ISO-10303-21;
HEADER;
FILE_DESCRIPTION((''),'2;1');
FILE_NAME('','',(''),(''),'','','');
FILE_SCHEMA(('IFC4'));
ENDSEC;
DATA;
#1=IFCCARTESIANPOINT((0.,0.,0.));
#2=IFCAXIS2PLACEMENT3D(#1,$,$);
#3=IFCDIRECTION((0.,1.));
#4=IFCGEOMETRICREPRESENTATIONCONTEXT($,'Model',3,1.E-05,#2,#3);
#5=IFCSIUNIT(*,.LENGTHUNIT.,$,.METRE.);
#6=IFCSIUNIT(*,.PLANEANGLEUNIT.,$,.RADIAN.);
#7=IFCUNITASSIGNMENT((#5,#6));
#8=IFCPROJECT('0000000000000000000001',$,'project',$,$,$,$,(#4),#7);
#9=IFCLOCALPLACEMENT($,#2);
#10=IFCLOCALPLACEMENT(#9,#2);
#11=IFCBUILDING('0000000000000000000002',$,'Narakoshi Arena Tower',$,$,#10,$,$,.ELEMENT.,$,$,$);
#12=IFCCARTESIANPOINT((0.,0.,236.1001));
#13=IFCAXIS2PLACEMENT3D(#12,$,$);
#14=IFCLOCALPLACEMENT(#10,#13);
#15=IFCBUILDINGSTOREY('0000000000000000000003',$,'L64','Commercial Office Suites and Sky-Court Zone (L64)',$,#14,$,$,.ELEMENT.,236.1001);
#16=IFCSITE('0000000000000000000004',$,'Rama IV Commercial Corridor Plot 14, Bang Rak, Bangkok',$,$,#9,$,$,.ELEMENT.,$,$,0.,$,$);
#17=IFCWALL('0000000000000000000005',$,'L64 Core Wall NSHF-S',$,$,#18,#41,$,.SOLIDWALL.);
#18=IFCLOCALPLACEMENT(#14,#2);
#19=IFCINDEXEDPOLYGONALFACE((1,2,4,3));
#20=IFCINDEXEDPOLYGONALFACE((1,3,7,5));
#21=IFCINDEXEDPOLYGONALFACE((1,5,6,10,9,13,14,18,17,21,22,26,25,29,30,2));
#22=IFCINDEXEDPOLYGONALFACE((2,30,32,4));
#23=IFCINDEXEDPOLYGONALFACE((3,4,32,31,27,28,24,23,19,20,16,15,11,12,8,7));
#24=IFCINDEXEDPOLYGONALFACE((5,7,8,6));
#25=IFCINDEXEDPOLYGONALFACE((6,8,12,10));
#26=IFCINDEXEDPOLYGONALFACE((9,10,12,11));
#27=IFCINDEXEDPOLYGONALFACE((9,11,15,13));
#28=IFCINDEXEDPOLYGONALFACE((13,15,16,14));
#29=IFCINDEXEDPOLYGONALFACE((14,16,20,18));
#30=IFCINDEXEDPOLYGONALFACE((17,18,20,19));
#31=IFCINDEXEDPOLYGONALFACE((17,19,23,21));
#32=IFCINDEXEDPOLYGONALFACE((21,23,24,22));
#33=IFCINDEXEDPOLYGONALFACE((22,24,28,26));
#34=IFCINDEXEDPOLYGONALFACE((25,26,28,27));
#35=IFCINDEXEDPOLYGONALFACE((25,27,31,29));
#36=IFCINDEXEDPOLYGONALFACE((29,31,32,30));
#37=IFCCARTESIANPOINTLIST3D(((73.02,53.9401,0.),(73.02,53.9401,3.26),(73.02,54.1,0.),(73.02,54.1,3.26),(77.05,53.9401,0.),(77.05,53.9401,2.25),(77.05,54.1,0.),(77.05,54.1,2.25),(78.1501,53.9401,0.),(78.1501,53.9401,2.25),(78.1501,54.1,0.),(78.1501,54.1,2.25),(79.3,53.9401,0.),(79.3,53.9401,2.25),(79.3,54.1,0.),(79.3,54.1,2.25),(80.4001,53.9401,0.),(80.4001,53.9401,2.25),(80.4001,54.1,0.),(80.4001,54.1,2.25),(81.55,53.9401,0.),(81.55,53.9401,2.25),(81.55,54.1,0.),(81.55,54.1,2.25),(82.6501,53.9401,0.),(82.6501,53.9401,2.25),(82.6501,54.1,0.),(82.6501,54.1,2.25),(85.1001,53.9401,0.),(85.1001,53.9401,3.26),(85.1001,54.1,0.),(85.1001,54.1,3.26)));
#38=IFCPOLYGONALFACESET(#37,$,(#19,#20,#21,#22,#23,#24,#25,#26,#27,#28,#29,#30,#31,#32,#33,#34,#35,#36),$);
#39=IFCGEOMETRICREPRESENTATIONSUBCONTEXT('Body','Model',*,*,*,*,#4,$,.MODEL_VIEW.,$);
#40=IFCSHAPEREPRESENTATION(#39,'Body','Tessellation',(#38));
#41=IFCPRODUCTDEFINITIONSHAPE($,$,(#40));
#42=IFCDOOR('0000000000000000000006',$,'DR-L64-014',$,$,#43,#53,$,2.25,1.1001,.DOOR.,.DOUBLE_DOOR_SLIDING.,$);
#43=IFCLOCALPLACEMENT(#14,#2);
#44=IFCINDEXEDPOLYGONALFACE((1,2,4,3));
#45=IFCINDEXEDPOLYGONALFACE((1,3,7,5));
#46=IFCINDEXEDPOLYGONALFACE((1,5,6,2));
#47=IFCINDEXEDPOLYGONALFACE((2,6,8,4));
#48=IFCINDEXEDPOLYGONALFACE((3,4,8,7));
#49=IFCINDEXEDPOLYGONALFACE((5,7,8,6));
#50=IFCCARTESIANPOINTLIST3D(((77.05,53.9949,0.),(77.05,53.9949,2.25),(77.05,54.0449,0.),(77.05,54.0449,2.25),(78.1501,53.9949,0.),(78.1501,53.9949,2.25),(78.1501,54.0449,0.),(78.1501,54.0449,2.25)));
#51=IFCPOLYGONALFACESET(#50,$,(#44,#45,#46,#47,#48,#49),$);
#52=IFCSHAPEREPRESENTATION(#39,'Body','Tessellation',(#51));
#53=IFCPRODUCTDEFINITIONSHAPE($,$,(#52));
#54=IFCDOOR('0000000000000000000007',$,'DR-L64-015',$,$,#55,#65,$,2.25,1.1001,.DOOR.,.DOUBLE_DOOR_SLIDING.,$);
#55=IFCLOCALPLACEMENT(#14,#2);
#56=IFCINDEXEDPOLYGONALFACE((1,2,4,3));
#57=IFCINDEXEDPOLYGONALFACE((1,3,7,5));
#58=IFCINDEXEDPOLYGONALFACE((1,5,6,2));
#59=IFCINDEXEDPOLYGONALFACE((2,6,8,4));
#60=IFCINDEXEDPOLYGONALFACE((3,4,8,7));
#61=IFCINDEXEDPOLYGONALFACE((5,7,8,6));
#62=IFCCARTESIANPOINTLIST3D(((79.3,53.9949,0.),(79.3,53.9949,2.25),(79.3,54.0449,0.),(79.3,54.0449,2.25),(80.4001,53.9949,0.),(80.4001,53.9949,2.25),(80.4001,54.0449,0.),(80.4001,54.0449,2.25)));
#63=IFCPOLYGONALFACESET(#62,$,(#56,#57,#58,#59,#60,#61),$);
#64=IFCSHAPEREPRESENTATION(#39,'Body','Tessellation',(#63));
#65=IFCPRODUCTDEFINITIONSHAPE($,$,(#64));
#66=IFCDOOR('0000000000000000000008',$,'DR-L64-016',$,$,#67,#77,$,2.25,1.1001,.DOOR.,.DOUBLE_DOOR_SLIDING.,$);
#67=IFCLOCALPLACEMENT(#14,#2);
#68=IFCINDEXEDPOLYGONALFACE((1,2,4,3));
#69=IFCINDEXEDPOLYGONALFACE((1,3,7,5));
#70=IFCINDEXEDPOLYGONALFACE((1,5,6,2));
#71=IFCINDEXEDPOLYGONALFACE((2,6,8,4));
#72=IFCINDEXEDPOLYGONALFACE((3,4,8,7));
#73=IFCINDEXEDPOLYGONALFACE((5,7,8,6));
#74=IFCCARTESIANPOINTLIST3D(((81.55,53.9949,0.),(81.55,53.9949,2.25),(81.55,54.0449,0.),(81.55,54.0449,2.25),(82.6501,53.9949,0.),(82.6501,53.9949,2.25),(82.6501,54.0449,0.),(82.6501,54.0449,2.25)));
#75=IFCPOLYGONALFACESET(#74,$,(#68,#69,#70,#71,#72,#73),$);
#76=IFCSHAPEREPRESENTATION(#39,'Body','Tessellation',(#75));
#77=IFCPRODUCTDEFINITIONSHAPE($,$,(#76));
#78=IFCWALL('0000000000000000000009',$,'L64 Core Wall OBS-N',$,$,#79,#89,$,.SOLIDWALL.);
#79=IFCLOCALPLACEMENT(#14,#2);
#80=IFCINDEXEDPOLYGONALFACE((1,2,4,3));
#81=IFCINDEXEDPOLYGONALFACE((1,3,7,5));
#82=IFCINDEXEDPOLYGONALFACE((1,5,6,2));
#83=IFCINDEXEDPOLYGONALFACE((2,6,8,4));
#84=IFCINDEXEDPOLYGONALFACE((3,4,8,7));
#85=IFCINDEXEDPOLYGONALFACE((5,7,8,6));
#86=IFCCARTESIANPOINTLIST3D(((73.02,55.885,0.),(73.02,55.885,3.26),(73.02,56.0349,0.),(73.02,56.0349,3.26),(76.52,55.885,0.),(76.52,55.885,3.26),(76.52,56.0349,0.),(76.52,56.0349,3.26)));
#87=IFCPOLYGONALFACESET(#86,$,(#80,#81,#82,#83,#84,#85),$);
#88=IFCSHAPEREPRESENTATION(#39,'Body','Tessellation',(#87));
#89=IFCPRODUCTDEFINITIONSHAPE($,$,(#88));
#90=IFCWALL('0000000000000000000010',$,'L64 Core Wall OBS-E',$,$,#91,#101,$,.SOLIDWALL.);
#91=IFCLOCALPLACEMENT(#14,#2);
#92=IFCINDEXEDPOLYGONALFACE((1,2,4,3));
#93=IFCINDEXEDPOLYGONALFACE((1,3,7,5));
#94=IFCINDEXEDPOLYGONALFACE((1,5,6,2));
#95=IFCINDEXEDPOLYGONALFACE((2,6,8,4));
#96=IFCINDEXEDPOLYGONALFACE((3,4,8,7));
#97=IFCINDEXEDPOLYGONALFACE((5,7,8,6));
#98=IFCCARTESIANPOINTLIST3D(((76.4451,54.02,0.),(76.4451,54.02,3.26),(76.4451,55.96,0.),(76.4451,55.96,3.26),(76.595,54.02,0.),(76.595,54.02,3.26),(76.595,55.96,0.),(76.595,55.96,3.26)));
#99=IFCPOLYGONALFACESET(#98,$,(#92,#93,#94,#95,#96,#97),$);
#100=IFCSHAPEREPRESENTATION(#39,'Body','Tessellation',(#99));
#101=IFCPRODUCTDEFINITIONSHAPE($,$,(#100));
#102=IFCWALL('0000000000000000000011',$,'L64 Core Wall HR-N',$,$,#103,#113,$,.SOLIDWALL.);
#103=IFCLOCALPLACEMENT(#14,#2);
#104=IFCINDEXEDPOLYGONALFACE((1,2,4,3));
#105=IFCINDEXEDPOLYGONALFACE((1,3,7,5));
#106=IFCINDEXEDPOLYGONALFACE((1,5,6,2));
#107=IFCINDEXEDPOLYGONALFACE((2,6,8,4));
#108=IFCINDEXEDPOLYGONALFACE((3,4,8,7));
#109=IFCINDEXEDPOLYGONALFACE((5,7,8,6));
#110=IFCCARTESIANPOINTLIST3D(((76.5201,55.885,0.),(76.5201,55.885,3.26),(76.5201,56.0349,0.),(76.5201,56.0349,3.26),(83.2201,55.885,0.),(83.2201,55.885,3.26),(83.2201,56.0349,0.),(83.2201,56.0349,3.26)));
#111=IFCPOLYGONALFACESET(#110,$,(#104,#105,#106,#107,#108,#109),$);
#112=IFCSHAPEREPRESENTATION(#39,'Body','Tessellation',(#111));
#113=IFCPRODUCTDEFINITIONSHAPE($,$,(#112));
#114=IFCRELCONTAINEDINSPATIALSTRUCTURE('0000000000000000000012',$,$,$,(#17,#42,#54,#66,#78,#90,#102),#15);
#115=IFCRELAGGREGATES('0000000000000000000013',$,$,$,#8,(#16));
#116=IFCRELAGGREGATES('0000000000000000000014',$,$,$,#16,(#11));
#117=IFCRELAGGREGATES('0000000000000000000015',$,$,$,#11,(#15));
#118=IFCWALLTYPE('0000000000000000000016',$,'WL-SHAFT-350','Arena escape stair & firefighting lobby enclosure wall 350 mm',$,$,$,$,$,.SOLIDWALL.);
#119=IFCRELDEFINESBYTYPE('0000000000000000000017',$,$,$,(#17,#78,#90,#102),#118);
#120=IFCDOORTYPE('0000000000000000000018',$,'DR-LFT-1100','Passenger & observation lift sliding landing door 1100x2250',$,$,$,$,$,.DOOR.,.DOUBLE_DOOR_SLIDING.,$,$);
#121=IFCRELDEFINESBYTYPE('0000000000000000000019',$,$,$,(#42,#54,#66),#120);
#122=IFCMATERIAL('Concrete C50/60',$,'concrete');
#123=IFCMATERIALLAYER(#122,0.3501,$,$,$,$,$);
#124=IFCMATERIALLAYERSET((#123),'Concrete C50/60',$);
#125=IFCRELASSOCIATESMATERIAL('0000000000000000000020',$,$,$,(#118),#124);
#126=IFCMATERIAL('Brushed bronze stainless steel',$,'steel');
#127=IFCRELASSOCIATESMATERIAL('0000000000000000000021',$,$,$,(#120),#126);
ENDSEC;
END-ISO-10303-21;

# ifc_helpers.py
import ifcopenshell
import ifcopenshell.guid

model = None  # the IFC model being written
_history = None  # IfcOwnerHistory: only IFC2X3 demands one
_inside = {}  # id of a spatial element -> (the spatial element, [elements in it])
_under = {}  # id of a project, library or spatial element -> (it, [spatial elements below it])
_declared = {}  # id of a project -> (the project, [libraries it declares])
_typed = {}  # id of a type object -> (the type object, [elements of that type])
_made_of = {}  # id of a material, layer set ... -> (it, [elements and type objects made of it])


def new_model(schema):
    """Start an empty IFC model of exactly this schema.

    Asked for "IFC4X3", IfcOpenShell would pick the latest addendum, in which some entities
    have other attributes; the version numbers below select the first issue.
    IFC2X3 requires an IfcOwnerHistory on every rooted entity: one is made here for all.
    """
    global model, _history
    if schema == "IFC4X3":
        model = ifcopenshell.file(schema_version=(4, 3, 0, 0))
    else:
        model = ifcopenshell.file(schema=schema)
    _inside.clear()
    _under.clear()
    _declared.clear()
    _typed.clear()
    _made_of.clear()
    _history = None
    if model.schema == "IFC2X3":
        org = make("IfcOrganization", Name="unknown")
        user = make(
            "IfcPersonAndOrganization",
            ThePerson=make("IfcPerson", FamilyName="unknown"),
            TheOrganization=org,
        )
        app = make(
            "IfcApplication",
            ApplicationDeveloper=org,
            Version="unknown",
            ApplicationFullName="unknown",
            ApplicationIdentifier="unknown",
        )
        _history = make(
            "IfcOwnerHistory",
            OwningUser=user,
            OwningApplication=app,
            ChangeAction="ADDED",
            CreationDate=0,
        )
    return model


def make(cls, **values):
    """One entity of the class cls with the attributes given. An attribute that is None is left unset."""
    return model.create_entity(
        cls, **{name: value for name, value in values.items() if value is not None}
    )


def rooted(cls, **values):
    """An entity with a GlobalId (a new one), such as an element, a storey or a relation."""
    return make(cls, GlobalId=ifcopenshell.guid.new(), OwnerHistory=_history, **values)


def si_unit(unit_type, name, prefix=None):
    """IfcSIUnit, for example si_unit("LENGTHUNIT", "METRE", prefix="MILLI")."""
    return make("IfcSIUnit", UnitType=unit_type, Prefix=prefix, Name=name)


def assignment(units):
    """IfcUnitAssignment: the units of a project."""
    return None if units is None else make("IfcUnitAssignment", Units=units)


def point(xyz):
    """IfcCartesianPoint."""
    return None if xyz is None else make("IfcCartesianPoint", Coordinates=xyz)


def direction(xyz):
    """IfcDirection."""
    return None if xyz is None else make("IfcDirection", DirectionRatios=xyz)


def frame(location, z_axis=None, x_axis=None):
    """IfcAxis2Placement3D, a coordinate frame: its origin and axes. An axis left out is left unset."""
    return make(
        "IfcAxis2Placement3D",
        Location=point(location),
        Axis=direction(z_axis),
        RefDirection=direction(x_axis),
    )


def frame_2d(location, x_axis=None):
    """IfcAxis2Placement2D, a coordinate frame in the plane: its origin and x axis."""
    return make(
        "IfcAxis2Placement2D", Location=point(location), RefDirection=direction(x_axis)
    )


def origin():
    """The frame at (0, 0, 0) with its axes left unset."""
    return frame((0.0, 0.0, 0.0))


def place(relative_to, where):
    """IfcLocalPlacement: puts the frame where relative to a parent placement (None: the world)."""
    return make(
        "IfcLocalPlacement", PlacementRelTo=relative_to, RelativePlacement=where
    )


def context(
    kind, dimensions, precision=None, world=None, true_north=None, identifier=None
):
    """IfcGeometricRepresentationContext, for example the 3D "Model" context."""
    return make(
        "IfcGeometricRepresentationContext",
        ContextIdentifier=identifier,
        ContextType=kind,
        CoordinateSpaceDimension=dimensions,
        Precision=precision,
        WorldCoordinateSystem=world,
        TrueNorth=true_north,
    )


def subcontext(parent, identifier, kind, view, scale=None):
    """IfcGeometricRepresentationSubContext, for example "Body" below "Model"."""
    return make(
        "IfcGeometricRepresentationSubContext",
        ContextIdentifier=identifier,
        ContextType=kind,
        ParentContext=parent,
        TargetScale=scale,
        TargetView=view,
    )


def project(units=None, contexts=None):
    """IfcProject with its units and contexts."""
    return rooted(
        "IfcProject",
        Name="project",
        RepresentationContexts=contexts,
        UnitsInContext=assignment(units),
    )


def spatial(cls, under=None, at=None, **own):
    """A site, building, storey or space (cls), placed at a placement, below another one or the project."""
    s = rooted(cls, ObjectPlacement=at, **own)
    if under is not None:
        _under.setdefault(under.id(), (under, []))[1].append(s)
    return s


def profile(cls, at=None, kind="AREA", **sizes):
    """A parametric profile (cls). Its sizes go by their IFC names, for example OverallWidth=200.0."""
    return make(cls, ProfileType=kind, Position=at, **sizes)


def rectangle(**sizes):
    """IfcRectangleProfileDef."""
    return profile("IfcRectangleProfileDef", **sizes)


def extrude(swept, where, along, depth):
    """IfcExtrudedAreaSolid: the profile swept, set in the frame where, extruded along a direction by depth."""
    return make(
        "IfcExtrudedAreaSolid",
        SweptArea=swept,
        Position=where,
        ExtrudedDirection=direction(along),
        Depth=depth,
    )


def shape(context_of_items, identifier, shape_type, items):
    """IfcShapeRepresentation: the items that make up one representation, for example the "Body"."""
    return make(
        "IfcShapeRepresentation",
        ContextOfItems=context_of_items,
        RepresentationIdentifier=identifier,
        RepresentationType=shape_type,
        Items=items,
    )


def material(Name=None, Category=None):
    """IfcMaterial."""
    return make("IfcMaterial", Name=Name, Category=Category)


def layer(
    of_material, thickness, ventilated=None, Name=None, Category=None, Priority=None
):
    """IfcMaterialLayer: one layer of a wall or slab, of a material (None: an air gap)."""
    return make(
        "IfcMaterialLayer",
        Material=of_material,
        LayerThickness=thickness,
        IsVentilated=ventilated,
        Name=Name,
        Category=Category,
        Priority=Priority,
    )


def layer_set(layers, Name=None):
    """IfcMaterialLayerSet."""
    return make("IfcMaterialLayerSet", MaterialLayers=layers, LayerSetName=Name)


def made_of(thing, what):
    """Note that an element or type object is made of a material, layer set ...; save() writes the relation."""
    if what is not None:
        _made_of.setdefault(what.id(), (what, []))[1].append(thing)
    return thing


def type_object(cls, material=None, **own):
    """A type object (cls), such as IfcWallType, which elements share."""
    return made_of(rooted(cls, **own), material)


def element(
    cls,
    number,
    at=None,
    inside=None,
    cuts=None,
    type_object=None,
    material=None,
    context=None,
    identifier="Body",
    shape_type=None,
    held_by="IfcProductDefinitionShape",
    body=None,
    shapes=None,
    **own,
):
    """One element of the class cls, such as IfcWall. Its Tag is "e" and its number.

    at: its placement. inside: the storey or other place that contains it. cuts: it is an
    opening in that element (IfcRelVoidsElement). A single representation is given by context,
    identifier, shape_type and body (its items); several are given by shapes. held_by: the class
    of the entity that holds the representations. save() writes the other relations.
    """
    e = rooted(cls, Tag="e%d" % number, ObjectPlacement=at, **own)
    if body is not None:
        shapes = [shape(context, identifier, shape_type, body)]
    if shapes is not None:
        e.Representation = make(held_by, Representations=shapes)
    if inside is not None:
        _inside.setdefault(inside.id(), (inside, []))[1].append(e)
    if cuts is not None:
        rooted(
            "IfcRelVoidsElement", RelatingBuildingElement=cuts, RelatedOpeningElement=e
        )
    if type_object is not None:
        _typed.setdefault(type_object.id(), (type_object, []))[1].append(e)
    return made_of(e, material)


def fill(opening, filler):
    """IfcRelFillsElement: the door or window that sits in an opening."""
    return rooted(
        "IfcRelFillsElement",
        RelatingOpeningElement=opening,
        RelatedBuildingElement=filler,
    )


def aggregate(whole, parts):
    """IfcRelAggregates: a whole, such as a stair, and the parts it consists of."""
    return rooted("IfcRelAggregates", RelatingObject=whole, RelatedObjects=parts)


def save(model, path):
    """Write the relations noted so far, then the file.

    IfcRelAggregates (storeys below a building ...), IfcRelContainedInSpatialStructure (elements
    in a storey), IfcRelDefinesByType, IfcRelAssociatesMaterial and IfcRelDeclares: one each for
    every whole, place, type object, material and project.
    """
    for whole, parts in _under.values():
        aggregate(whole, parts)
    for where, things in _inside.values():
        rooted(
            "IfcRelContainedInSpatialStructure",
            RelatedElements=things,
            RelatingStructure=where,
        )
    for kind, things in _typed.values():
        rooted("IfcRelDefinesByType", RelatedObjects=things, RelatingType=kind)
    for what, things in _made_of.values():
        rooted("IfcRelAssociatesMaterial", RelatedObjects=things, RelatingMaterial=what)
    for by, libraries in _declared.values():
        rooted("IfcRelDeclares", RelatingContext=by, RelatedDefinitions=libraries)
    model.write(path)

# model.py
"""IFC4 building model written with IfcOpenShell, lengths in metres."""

from ifc_helpers import new_model, si_unit, direction, frame, frame_2d, origin, place, context, subcontext, project, spatial, rectangle, extrude, material, layer, layer_set, type_object, element, fill, save


model = new_model("IFC4")

# Units and contexts
model_context = context("Model", 3, precision=1e-05, world=origin(), true_north=direction((0.0, 1.0)))
body_context = subcontext(model_context, "Body", "Model", "MODEL_VIEW")
ifc_project = project(units=[si_unit("LENGTHUNIT", "METRE"), si_unit("PLANEANGLEUNIT", "RADIAN")], contexts=[model_context])

# Site, building, storey
site_placement = place(None, origin())
site = spatial("IfcSite", under=ifc_project, at=site_placement, Name="Rama IV Commercial Corridor Plot 14, Bang Rak, Bangkok", CompositionType="ELEMENT", RefElevation=0.0)
building_placement = place(site_placement, origin())
building = spatial("IfcBuilding", under=site, at=building_placement, Name="Narakoshi Arena Tower", CompositionType="ELEMENT")
storey_placement = place(building_placement, frame((0.0, 0.0, 236.1001)))
storey = spatial("IfcBuildingStorey", under=building, at=storey_placement, Name="L64", Description="Commercial Office Suites and Sky-Court Zone (L64)", CompositionType="ELEMENT", Elevation=236.1001)

# Shared definitions
ifc_material_1 = material(Name="Concrete C50/60", Category="concrete")
ifc_layer_1 = layer(ifc_material_1, 0.3501)
ifc_layer_set_1 = layer_set([ifc_layer_1], Name="Concrete C50/60")
wall_type_1 = type_object("IfcWallType", Name="WL-SHAFT-350", Description="Arena escape stair & firefighting lobby enclosure wall 350 mm", PredefinedType="SOLIDWALL", material=ifc_layer_set_1)

# Wall, openings, doors
wall_1_placement = place(storey_placement, frame((73.02, 54.02, 0.0), z_axis=(0.0, 0.0, 1.0), x_axis=(1.0, 0.0, 0.0)))
wall_1 = element("IfcWall", 1, at=wall_1_placement, inside=storey, type_object=wall_type_1, Name="L64 Core Wall NSHF-S", PredefinedType="SOLIDWALL", context=body_context, shape_type="SweptSolid", body=[
    extrude(rectangle(XDim=12.0801, YDim=0.1599, at=frame_2d((6.04, 0.0))), origin(), (0.0, 0.0, 1.0), 3.26),
])
opening_1_placement = place(wall_1_placement, frame((4.03, 0.0, 0.0)))
opening_1 = element("IfcOpeningElement", 2, at=opening_1_placement, cuts=wall_1, PredefinedType="OPENING", context=body_context, shape_type="SweptSolid", body=[
    extrude(rectangle(XDim=1.1001, YDim=2.25, at=frame_2d((0.55, 1.125))), frame((0.0, 0.0898, 0.0), z_axis=(0.0, -1.0, 0.0), x_axis=(1.0, 0.0, 0.0)), (0.0, 0.0, 1.0), 0.1799),
])
opening_2_placement = place(wall_1_placement, frame((6.28, 0.0, 0.0)))
opening_2 = element("IfcOpeningElement", 3, at=opening_2_placement, cuts=wall_1, PredefinedType="OPENING", context=body_context, shape_type="SweptSolid", body=[
    extrude(rectangle(XDim=1.1001, YDim=2.25, at=frame_2d((0.55, 1.125))), frame((0.0, 0.0898, 0.0), z_axis=(0.0, -1.0, 0.0), x_axis=(1.0, 0.0, 0.0)), (0.0, 0.0, 1.0), 0.1799),
])
opening_3_placement = place(wall_1_placement, frame((8.53, 0.0, 0.0)))
opening_3 = element("IfcOpeningElement", 4, at=opening_3_placement, cuts=wall_1, PredefinedType="OPENING", context=body_context, shape_type="SweptSolid", body=[
    extrude(rectangle(XDim=1.1001, YDim=2.25, at=frame_2d((0.55, 1.125))), frame((0.0, 0.0898, 0.0), z_axis=(0.0, -1.0, 0.0), x_axis=(1.0, 0.0, 0.0)), (0.0, 0.0, 1.0), 0.1799),
])
ifc_material_2 = material(Name="Brushed bronze stainless steel", Category="steel")
door_type_1 = type_object("IfcDoorType", Name="DR-LFT-1100", Description="Passenger & observation lift sliding landing door 1100x2250", OperationType="DOUBLE_DOOR_SLIDING", PredefinedType="DOOR", material=ifc_material_2)
door_1_placement = place(opening_1_placement, origin())
door_1 = element("IfcDoor", 5, at=door_1_placement, inside=storey, type_object=door_type_1, Name="DR-L64-014", OperationType="DOUBLE_DOOR_SLIDING", OverallHeight=2.25, OverallWidth=1.1001, PredefinedType="DOOR", context=body_context, shape_type="SweptSolid", body=[
    extrude(rectangle(XDim=1.1001, YDim=2.25, at=frame_2d((0.55, 1.125))), frame((0.0, 0.0249, 0.0), z_axis=(0.0, -1.0, 0.0), x_axis=(1.0, 0.0, 0.0)), (0.0, 0.0, 1.0), 0.05),
])
fill(opening_1, door_1)
door_2_placement = place(opening_2_placement, origin())
door_2 = element("IfcDoor", 6, at=door_2_placement, inside=storey, type_object=door_type_1, Name="DR-L64-015", OperationType="DOUBLE_DOOR_SLIDING", OverallHeight=2.25, OverallWidth=1.1001, PredefinedType="DOOR", context=body_context, shape_type="SweptSolid", body=[
    extrude(rectangle(XDim=1.1001, YDim=2.25, at=frame_2d((0.55, 1.125))), frame((0.0, 0.0249, 0.0), z_axis=(0.0, -1.0, 0.0), x_axis=(1.0, 0.0, 0.0)), (0.0, 0.0, 1.0), 0.05),
])
fill(opening_2, door_2)
door_3_placement = place(opening_3_placement, origin())
door_3 = element("IfcDoor", 7, at=door_3_placement, inside=storey, type_object=door_type_1, Name="DR-L64-016", OperationType="DOUBLE_DOOR_SLIDING", OverallHeight=2.25, OverallWidth=1.1001, PredefinedType="DOOR", context=body_context, shape_type="SweptSolid", body=[
    extrude(rectangle(XDim=1.1001, YDim=2.25, at=frame_2d((0.55, 1.125))), frame((0.0, 0.0249, 0.0), z_axis=(0.0, -1.0, 0.0), x_axis=(1.0, 0.0, 0.0)), (0.0, 0.0, 1.0), 0.05),
])
fill(opening_3, door_3)

# Walls
wall_2_placement = place(storey_placement, frame((73.02, 55.96, 0.0), z_axis=(0.0, 0.0, 1.0), x_axis=(1.0, 0.0, 0.0)))
element("IfcWall", 8, at=wall_2_placement, inside=storey, type_object=wall_type_1, Name="L64 Core Wall OBS-N", PredefinedType="SOLIDWALL", context=body_context, shape_type="SweptSolid", body=[
    extrude(rectangle(XDim=3.5, YDim=0.1499, at=frame_2d((1.75, 0.0))), origin(), (0.0, 0.0, 1.0), 3.26),
])
wall_3_placement = place(storey_placement, frame((76.52, 54.02, 0.0), z_axis=(0.0, 0.0, 1.0), x_axis=(0.0, 1.0, 0.0)))
element("IfcWall", 9, at=wall_3_placement, inside=storey, type_object=wall_type_1, Name="L64 Core Wall OBS-E", PredefinedType="SOLIDWALL", context=body_context, shape_type="SweptSolid", body=[
    extrude(rectangle(XDim=1.9399, YDim=0.1499, at=frame_2d((0.97, 0.0))), origin(), (0.0, 0.0, 1.0), 3.26),
])
wall_4_placement = place(storey_placement, frame((76.52, 55.96, 0.0), z_axis=(0.0, 0.0, 1.0), x_axis=(1.0, 0.0, 0.0)))
element("IfcWall", 10, at=wall_4_placement, inside=storey, type_object=wall_type_1, Name="L64 Core Wall HR-N", PredefinedType="SOLIDWALL", context=body_context, shape_type="SweptSolid", body=[
    extrude(rectangle(XDim=6.7, YDim=0.1499, at=frame_2d((3.3501, 0.0))), origin(), (0.0, 0.0, 1.0), 3.26),
])

save(model, "model.ifc")
